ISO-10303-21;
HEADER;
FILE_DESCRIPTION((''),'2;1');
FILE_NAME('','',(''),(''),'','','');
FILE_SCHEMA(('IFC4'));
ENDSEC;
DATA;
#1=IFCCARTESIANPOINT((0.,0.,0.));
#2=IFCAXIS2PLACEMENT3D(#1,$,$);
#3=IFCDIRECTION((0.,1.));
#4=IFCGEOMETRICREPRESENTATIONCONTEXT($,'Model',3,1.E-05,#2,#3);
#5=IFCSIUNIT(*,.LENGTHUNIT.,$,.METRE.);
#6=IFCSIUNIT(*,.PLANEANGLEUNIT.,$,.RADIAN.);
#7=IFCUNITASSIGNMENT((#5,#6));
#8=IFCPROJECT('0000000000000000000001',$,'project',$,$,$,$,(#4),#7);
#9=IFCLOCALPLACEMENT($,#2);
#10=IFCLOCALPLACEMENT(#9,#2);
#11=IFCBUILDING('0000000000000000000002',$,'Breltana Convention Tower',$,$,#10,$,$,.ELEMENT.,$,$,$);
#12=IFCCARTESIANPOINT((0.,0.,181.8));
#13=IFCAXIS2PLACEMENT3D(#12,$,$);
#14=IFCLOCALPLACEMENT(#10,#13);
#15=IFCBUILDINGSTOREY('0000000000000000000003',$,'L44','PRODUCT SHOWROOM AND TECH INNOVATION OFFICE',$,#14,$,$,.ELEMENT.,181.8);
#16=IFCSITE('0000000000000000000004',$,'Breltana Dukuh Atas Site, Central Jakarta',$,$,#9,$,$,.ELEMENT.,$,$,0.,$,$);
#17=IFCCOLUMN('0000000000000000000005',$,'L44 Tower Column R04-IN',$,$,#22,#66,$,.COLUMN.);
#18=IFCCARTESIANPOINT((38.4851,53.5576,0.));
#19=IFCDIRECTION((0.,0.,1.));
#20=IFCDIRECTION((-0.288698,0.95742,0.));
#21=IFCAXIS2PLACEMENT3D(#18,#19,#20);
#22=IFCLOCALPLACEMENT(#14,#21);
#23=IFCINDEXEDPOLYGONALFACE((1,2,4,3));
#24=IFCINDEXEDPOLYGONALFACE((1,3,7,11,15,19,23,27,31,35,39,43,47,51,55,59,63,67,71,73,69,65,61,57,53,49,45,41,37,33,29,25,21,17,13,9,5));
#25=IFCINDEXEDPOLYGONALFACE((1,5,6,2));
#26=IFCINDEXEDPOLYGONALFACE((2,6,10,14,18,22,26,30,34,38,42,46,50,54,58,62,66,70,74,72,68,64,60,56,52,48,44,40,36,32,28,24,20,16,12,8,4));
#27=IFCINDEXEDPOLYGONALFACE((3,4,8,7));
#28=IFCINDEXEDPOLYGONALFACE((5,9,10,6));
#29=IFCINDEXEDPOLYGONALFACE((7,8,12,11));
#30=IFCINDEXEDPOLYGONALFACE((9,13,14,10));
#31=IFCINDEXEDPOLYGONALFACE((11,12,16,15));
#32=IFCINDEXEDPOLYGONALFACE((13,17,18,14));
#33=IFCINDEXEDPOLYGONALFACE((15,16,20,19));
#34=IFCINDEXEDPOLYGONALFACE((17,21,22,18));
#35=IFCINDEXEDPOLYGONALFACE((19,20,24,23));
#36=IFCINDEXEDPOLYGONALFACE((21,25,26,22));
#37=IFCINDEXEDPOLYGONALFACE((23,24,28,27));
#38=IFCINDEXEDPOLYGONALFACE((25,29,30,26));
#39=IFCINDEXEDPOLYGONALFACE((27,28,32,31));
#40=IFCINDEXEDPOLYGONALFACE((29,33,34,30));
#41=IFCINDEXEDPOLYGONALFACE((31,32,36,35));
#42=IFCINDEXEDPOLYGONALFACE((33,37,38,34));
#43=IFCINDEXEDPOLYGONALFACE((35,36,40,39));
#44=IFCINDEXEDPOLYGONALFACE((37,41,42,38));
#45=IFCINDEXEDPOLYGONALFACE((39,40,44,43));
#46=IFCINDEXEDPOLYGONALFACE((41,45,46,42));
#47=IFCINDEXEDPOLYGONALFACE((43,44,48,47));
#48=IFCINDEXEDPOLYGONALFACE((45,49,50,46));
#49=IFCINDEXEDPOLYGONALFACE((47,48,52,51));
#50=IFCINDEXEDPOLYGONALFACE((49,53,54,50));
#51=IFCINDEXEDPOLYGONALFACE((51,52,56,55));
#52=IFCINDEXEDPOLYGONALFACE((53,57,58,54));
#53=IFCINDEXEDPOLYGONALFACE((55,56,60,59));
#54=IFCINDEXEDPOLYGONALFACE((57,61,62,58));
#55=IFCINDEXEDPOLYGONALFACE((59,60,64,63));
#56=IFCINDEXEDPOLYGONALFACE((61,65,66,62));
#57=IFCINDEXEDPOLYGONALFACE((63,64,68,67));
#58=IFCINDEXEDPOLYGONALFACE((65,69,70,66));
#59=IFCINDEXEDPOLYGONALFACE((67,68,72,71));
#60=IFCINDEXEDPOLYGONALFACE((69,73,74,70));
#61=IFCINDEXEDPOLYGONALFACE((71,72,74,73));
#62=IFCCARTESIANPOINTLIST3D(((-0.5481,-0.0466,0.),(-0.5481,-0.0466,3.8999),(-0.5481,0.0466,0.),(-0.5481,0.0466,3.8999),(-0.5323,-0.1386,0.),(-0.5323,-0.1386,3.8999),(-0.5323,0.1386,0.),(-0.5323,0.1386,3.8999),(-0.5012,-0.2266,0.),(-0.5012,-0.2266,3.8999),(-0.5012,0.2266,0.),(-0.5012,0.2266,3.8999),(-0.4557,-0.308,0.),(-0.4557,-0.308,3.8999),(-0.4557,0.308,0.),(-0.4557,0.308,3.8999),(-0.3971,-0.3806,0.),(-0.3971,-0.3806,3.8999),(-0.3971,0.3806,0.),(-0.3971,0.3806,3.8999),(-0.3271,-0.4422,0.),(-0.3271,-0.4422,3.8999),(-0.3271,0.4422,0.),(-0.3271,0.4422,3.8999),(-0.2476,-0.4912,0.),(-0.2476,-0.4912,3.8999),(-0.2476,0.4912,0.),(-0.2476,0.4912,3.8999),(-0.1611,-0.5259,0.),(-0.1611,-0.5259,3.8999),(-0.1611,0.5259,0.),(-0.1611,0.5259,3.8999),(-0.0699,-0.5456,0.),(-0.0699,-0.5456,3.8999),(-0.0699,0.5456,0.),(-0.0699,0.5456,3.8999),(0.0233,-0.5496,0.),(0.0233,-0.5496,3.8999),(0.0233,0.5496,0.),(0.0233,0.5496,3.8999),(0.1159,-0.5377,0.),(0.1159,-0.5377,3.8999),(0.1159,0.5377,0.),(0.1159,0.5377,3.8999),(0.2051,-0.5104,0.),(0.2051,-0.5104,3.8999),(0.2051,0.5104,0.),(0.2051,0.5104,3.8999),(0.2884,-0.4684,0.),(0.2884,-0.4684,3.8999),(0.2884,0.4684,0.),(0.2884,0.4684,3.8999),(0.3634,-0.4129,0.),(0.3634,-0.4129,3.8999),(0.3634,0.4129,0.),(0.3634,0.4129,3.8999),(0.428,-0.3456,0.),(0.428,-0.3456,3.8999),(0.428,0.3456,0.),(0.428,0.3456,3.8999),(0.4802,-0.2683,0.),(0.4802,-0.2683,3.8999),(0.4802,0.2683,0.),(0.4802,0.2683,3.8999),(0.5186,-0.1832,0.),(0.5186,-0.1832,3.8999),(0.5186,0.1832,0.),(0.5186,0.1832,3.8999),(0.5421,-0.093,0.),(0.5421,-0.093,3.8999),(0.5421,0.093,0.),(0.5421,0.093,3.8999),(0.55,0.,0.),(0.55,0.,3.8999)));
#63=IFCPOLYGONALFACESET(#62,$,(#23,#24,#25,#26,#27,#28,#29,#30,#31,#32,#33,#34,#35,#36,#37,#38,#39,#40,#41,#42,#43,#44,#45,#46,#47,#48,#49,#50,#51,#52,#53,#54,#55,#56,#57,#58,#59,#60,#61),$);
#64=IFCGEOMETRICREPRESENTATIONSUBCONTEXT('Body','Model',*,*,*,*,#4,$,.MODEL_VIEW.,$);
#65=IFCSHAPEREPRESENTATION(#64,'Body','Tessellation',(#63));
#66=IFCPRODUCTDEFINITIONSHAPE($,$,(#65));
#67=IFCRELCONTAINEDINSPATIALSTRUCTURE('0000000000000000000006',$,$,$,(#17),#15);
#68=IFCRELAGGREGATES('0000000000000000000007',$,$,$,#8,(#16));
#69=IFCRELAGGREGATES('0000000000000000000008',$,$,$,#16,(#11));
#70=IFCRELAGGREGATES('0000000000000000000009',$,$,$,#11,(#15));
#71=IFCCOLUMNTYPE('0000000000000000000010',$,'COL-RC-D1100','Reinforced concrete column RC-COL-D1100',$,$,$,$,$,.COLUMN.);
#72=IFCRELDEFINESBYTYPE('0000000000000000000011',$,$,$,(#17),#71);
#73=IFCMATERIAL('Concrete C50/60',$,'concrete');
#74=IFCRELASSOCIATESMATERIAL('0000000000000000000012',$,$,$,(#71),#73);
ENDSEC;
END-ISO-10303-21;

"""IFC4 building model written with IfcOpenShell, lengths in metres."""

from ifc_helpers import new_model, si_unit, direction, frame, origin, origin_2d, place, context, subcontext, project, spatial, circle, extrude, source, transform, mapped, material, material_profile, profile_set, type_object, element, save


model = new_model("IFC4")

# Units and contexts
model_context = context("Model", 3, precision=1e-05, world=origin(), true_north=direction((0.0, 1.0)))
body_context = subcontext(model_context, "Body", "Model", "MODEL_VIEW")
ifc_project = project(units=[si_unit("LENGTHUNIT", "METRE"), si_unit("PLANEANGLEUNIT", "RADIAN")], contexts=[model_context])

# Site, building, storey
site_placement = place(None, origin())
site = spatial("IfcSite", under=ifc_project, at=site_placement, Name="Breltana Dukuh Atas Site, Central Jakarta", CompositionType="ELEMENT", RefElevation=0.0)
building_placement = place(site_placement, origin())
building = spatial("IfcBuilding", under=site, at=building_placement, Name="Breltana Convention Tower", CompositionType="ELEMENT")
storey_placement = place(building_placement, frame((0.0, 0.0, 181.8)))
storey = spatial("IfcBuildingStorey", under=building, at=storey_placement, Name="L44", Description="PRODUCT SHOWROOM AND TECH INNOVATION OFFICE", CompositionType="ELEMENT", Elevation=181.8)

# Column
ifc_material_1 = material(Name="Concrete C50/60", Category="concrete")
ifc_material_profile_1 = material_profile(ifc_material_1, circle(Radius=0.55, at=origin_2d()), Name="RC-COL-D1100")
ifc_profile_set_1 = profile_set([ifc_material_profile_1], Name="Concrete C50/60")
column_type_1 = type_object("IfcColumnType", Name="COL-RC-D1100", Description="Reinforced concrete column RC-COL-D1100", PredefinedType="COLUMN", material=ifc_profile_set_1)
shared_shape_1 = source(origin(), body_context, "Body", "SweptSolid", [
    extrude(circle(Radius=0.55, at=origin_2d()), origin(), (0.0, 0.0, 1.0), 3.8999),
])
column_1_placement = place(storey_placement, frame((38.4851, 53.5576, 0.0), z_axis=(0.0, 0.0, 1.0), x_axis=(-0.288698, 0.95742, 0.0)))
element("IfcColumn", 1, at=column_1_placement, inside=storey, type_object=column_type_1, Name="L44 Tower Column R04-IN", PredefinedType="COLUMN", context=body_context, shape_type="MappedRepresentation", body=[
    mapped(shared_shape_1, transform((0.0, 0.0, 0.0), scale=1.0)),
])

save(model, "model.ifc")
